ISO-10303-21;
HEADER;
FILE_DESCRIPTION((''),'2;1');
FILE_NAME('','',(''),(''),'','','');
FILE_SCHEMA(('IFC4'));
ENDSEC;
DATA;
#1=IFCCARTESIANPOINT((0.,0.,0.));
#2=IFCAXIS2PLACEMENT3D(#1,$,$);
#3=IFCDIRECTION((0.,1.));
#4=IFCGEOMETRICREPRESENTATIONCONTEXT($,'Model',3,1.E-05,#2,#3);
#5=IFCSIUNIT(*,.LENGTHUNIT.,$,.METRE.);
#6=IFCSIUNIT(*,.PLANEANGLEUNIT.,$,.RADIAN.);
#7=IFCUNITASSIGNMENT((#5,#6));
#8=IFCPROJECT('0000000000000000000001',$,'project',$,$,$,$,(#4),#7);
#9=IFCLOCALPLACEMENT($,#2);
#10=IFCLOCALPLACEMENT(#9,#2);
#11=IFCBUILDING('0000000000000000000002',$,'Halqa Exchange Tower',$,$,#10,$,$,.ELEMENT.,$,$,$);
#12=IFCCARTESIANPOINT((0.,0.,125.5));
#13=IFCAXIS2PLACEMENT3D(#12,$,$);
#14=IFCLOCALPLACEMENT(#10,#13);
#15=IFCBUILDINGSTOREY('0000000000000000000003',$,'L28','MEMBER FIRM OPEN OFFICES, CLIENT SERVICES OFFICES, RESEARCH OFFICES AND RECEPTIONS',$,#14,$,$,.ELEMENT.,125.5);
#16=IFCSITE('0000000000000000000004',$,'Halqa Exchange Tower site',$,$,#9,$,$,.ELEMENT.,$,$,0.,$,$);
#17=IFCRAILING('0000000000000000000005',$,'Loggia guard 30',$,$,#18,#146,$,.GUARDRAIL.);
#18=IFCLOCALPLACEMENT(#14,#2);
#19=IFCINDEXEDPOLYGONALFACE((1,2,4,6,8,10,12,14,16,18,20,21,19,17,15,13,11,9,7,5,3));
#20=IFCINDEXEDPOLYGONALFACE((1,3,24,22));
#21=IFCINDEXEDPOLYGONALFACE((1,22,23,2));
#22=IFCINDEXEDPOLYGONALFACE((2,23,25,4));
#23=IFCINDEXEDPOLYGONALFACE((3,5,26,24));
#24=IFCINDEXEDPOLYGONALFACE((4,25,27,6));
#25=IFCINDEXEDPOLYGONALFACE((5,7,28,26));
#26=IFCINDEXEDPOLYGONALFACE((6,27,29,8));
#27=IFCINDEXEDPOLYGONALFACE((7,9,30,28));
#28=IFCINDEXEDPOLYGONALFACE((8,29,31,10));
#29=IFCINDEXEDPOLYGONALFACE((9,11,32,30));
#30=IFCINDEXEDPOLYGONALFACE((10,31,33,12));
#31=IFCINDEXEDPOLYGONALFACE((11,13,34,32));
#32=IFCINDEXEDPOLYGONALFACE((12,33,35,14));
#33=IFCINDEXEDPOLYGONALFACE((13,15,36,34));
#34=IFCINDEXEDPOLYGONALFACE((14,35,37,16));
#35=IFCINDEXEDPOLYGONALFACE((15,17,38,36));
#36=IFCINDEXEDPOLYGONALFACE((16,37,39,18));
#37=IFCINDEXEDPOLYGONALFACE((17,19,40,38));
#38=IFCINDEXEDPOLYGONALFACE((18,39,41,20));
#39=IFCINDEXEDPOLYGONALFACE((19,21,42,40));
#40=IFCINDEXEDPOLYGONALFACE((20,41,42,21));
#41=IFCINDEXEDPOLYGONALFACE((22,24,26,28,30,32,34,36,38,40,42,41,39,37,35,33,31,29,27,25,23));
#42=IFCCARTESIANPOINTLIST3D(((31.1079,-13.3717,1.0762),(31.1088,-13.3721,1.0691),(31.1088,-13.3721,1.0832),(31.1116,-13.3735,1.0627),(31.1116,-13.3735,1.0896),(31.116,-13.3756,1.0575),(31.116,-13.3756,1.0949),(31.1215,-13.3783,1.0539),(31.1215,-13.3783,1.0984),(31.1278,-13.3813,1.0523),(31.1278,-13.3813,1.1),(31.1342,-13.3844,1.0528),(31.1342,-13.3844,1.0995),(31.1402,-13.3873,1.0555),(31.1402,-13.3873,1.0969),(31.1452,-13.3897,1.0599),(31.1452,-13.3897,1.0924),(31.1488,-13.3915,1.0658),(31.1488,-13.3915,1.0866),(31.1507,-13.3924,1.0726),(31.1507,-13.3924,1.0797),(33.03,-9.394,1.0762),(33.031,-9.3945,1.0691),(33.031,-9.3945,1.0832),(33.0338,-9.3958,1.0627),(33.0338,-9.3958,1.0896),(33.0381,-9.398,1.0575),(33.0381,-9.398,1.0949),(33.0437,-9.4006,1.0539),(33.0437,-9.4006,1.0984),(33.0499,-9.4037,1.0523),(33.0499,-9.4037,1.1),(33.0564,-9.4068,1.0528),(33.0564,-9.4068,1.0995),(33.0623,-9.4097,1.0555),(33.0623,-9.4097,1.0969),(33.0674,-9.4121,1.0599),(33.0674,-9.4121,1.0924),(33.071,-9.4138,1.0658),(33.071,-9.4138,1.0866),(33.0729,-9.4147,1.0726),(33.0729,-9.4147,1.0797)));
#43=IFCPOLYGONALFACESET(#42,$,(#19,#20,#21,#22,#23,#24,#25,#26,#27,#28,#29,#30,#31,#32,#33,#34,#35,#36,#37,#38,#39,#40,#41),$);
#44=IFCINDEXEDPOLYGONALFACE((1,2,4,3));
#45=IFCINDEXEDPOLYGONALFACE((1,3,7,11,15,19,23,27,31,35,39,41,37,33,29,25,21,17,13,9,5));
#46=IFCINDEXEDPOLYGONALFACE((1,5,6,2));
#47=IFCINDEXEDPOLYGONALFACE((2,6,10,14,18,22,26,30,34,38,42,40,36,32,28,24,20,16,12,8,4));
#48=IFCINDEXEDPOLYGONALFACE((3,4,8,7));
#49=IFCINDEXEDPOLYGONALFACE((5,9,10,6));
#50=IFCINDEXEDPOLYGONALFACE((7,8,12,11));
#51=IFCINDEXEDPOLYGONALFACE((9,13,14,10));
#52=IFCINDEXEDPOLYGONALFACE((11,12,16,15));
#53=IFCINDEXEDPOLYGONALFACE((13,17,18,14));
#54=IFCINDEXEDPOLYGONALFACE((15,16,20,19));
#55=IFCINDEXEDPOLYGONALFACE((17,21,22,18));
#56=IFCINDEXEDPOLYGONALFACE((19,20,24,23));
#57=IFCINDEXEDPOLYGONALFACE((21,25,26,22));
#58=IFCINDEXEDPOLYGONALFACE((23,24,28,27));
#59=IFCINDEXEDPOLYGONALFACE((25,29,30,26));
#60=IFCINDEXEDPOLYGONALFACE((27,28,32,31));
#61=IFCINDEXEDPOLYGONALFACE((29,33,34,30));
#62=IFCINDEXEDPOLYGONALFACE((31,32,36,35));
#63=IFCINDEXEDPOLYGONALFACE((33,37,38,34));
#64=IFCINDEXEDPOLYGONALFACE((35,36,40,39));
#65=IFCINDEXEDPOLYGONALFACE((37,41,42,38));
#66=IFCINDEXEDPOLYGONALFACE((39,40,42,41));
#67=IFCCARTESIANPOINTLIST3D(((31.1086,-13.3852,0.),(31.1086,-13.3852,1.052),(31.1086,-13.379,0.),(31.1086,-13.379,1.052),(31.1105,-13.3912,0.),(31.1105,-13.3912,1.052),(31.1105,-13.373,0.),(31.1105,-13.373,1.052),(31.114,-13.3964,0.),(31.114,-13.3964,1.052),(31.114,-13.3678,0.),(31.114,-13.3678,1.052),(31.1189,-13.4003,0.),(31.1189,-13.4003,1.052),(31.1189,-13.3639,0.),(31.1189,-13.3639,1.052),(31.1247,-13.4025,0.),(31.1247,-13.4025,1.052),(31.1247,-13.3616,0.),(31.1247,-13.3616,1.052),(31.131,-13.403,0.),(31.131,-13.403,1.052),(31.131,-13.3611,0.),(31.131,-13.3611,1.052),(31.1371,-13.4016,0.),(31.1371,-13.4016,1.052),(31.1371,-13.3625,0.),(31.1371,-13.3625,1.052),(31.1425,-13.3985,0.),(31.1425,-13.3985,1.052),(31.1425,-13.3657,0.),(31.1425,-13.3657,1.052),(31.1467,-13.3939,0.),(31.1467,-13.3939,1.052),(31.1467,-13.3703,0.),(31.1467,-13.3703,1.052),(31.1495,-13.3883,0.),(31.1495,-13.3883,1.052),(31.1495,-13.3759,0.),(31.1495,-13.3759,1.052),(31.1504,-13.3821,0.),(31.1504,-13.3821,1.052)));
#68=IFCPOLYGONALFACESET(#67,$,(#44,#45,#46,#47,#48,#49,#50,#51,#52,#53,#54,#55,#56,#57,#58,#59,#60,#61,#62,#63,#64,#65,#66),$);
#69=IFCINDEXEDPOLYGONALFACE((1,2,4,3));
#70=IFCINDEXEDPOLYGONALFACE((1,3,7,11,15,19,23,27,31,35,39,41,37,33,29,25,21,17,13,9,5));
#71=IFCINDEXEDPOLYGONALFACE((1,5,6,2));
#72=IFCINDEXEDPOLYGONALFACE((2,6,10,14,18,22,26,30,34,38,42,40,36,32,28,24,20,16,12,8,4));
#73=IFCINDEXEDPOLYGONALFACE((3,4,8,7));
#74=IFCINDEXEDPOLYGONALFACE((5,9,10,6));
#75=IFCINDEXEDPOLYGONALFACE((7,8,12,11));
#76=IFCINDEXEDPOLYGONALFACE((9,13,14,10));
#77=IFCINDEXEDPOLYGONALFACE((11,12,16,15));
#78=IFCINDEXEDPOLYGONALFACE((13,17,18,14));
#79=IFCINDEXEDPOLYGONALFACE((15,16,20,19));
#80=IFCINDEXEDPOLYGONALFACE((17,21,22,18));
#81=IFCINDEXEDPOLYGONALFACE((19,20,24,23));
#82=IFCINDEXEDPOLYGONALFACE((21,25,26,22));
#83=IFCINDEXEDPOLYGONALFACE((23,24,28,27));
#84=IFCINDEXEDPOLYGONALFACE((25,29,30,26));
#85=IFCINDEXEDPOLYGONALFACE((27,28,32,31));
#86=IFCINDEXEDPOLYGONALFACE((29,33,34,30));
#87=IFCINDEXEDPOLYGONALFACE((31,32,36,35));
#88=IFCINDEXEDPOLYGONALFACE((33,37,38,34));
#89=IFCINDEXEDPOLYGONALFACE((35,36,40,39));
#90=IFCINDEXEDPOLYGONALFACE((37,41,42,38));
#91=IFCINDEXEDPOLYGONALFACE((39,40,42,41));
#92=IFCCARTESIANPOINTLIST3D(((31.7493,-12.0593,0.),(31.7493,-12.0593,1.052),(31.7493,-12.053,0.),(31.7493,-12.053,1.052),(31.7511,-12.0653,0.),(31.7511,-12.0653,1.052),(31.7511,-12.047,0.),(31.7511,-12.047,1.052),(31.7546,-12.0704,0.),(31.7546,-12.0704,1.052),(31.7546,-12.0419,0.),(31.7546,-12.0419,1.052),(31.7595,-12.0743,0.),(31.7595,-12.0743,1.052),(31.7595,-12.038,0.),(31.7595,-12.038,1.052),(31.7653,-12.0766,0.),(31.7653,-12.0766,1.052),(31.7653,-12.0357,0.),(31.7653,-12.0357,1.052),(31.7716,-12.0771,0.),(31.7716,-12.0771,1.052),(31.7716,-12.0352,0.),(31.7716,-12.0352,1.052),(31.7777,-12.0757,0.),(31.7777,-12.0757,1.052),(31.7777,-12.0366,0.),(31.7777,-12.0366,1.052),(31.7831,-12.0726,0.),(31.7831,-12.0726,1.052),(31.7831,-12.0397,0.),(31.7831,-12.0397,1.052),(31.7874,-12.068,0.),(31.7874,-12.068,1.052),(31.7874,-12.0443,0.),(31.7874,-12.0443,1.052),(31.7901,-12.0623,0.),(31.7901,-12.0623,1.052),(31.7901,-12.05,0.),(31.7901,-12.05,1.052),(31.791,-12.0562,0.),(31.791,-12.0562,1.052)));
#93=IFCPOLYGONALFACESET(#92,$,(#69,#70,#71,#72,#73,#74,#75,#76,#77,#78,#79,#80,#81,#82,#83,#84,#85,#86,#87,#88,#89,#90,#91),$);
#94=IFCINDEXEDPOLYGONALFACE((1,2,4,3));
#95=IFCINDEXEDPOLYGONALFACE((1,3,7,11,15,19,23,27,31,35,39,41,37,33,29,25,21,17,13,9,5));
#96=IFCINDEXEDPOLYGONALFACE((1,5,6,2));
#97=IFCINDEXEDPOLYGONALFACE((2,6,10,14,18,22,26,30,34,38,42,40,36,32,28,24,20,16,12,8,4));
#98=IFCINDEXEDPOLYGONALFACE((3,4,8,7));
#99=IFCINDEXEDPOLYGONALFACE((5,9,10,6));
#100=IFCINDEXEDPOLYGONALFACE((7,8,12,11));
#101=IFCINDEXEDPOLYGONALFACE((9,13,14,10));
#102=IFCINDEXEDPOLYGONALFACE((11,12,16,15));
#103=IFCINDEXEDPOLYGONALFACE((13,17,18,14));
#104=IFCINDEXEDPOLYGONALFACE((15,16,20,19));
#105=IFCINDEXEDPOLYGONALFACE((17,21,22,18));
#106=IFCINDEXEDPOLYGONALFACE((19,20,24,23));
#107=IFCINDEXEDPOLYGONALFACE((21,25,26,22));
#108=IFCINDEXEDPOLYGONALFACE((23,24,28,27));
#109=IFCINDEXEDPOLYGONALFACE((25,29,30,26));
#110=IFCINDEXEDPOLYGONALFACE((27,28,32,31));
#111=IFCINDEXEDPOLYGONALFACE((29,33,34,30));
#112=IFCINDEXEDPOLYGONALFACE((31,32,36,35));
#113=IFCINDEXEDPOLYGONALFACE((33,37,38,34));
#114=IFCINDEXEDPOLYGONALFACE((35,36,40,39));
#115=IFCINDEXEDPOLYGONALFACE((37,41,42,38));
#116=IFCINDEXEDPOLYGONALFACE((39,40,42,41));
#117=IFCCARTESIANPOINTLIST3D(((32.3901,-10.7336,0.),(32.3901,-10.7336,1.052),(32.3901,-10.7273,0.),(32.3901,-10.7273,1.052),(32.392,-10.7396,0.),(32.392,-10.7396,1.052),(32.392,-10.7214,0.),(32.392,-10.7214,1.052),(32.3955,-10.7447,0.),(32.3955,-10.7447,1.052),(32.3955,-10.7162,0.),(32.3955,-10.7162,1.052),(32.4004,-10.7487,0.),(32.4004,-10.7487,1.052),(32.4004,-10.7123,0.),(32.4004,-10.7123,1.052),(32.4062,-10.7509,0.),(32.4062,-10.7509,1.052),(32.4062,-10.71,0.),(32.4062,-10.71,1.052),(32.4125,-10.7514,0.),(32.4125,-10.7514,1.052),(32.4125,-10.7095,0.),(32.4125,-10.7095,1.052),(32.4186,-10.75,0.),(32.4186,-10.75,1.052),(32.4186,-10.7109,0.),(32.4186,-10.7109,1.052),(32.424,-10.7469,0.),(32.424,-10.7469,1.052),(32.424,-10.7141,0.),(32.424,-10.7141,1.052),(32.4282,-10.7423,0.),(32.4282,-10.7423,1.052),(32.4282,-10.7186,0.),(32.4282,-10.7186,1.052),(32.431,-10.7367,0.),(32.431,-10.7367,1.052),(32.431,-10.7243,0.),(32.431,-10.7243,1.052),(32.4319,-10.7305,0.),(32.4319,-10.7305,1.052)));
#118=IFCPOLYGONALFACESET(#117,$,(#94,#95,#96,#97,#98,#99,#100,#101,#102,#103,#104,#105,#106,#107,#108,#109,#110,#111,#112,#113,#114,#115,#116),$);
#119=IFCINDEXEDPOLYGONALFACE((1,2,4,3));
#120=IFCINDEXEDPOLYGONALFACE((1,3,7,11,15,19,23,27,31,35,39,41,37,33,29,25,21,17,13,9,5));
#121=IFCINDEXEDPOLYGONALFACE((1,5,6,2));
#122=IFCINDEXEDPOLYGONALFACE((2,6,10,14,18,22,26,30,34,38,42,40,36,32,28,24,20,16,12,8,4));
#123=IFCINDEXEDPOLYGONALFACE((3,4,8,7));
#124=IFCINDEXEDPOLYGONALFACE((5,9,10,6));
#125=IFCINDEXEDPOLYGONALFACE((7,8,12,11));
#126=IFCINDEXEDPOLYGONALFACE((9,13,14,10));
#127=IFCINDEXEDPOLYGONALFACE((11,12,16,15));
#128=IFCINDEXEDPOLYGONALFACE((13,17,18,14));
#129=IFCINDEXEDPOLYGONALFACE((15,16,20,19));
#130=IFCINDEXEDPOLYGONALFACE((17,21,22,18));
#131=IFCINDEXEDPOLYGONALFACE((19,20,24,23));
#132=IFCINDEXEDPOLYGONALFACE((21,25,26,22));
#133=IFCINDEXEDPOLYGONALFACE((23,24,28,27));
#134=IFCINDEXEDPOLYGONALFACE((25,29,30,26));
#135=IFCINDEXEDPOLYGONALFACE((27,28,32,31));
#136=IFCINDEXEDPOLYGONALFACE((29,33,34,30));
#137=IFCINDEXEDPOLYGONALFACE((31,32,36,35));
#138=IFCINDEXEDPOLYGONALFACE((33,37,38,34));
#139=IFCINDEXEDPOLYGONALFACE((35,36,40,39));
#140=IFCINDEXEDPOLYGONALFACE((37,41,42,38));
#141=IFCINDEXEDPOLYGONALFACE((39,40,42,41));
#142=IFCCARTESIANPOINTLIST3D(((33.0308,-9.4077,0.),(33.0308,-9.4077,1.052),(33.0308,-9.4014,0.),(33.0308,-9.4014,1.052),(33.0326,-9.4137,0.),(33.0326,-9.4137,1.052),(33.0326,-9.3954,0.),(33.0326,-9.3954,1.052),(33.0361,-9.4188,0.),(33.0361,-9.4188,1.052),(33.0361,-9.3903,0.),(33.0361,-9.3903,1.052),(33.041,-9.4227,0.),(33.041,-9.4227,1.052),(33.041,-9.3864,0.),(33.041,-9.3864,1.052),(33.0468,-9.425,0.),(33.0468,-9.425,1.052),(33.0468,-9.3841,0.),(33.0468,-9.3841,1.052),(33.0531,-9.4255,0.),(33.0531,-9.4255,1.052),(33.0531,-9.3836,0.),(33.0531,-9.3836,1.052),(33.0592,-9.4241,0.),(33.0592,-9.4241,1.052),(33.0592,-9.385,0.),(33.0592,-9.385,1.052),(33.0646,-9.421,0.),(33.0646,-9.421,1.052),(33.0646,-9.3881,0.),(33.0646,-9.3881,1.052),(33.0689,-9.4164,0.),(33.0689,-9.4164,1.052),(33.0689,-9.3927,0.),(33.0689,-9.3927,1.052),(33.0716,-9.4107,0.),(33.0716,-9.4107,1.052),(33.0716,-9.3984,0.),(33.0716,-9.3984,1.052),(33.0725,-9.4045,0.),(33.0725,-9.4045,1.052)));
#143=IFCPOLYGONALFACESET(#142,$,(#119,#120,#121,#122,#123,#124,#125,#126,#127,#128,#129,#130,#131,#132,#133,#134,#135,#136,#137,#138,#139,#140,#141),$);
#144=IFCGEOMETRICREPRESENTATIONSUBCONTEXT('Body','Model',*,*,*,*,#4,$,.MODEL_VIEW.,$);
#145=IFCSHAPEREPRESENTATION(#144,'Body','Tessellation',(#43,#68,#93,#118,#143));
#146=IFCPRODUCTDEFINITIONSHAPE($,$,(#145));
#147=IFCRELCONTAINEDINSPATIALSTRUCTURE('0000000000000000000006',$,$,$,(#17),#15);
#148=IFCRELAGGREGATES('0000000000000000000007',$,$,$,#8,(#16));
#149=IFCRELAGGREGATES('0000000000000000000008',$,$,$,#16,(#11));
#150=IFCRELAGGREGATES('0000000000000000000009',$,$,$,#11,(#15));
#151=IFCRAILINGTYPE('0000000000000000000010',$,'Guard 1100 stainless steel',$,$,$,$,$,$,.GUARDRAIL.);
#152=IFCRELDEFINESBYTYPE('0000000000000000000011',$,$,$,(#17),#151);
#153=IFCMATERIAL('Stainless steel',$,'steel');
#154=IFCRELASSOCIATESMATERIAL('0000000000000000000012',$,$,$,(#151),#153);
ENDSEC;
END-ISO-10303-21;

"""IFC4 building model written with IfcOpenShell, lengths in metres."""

from ifc_helpers import new_model, si_unit, direction, frame, origin, origin_2d, place, context, subcontext, project, spatial, circle, extrude, material, type_object, element, save


model = new_model("IFC4")

# Units and contexts
model_context = context("Model", 3, precision=1e-05, world=origin(), true_north=direction((0.0, 1.0)))
body_context = subcontext(model_context, "Body", "Model", "MODEL_VIEW")
ifc_project = project(units=[si_unit("LENGTHUNIT", "METRE"), si_unit("PLANEANGLEUNIT", "RADIAN")], contexts=[model_context])

# Site, building, storey
site_placement = place(None, origin())
site = spatial("IfcSite", under=ifc_project, at=site_placement, Name="Halqa Exchange Tower site", CompositionType="ELEMENT", RefElevation=0.0)
building_placement = place(site_placement, origin())
building = spatial("IfcBuilding", under=site, at=building_placement, Name="Halqa Exchange Tower", CompositionType="ELEMENT")
storey_placement = place(building_placement, frame((0.0, 0.0, 125.5)))
storey = spatial("IfcBuildingStorey", under=building, at=storey_placement, Name="L28", Description="MEMBER FIRM OPEN OFFICES, CLIENT SERVICES OFFICES, RESEARCH OFFICES AND RECEPTIONS", CompositionType="ELEMENT", Elevation=125.5)

# Railing
ifc_material_1 = material(Name="Stainless steel", Category="steel")
railing_type = type_object("IfcRailingType", Name="Guard 1100 stainless steel", PredefinedType="GUARDRAIL", material=ifc_material_1)
railing_1_placement = place(storey_placement, frame((31.1294, -13.3821, 0.0)))
element("IfcRailing", 1, at=railing_1_placement, inside=storey, type_object=railing_type, Name="Loggia guard 30", PredefinedType="GUARDRAIL", context=body_context, shape_type="SweptSolid", body=[
    extrude(circle(Radius=0.0239, at=origin_2d()), frame((0.0, 0.0, 1.0762), z_axis=(0.435103, 0.900381, 0.0), x_axis=(-0.900381, 0.435103, 0.0)), (0.0, 0.0, 1.0), 4.4177),
    extrude(circle(Radius=0.021, at=origin_2d()), origin(), (0.0, 0.0, 1.0), 1.052),
    extrude(circle(Radius=0.021, at=origin_2d()), frame((0.6406, 1.3259, 0.0)), (0.0, 0.0, 1.0), 1.052),
    extrude(circle(Radius=0.021, at=origin_2d()), frame((1.2815, 2.6516, 0.0)), (0.0, 0.0, 1.0), 1.052),
    extrude(circle(Radius=0.021, at=origin_2d()), frame((1.9221, 3.9775, 0.0)), (0.0, 0.0, 1.0), 1.052),
])

save(model, "model.ifc")
